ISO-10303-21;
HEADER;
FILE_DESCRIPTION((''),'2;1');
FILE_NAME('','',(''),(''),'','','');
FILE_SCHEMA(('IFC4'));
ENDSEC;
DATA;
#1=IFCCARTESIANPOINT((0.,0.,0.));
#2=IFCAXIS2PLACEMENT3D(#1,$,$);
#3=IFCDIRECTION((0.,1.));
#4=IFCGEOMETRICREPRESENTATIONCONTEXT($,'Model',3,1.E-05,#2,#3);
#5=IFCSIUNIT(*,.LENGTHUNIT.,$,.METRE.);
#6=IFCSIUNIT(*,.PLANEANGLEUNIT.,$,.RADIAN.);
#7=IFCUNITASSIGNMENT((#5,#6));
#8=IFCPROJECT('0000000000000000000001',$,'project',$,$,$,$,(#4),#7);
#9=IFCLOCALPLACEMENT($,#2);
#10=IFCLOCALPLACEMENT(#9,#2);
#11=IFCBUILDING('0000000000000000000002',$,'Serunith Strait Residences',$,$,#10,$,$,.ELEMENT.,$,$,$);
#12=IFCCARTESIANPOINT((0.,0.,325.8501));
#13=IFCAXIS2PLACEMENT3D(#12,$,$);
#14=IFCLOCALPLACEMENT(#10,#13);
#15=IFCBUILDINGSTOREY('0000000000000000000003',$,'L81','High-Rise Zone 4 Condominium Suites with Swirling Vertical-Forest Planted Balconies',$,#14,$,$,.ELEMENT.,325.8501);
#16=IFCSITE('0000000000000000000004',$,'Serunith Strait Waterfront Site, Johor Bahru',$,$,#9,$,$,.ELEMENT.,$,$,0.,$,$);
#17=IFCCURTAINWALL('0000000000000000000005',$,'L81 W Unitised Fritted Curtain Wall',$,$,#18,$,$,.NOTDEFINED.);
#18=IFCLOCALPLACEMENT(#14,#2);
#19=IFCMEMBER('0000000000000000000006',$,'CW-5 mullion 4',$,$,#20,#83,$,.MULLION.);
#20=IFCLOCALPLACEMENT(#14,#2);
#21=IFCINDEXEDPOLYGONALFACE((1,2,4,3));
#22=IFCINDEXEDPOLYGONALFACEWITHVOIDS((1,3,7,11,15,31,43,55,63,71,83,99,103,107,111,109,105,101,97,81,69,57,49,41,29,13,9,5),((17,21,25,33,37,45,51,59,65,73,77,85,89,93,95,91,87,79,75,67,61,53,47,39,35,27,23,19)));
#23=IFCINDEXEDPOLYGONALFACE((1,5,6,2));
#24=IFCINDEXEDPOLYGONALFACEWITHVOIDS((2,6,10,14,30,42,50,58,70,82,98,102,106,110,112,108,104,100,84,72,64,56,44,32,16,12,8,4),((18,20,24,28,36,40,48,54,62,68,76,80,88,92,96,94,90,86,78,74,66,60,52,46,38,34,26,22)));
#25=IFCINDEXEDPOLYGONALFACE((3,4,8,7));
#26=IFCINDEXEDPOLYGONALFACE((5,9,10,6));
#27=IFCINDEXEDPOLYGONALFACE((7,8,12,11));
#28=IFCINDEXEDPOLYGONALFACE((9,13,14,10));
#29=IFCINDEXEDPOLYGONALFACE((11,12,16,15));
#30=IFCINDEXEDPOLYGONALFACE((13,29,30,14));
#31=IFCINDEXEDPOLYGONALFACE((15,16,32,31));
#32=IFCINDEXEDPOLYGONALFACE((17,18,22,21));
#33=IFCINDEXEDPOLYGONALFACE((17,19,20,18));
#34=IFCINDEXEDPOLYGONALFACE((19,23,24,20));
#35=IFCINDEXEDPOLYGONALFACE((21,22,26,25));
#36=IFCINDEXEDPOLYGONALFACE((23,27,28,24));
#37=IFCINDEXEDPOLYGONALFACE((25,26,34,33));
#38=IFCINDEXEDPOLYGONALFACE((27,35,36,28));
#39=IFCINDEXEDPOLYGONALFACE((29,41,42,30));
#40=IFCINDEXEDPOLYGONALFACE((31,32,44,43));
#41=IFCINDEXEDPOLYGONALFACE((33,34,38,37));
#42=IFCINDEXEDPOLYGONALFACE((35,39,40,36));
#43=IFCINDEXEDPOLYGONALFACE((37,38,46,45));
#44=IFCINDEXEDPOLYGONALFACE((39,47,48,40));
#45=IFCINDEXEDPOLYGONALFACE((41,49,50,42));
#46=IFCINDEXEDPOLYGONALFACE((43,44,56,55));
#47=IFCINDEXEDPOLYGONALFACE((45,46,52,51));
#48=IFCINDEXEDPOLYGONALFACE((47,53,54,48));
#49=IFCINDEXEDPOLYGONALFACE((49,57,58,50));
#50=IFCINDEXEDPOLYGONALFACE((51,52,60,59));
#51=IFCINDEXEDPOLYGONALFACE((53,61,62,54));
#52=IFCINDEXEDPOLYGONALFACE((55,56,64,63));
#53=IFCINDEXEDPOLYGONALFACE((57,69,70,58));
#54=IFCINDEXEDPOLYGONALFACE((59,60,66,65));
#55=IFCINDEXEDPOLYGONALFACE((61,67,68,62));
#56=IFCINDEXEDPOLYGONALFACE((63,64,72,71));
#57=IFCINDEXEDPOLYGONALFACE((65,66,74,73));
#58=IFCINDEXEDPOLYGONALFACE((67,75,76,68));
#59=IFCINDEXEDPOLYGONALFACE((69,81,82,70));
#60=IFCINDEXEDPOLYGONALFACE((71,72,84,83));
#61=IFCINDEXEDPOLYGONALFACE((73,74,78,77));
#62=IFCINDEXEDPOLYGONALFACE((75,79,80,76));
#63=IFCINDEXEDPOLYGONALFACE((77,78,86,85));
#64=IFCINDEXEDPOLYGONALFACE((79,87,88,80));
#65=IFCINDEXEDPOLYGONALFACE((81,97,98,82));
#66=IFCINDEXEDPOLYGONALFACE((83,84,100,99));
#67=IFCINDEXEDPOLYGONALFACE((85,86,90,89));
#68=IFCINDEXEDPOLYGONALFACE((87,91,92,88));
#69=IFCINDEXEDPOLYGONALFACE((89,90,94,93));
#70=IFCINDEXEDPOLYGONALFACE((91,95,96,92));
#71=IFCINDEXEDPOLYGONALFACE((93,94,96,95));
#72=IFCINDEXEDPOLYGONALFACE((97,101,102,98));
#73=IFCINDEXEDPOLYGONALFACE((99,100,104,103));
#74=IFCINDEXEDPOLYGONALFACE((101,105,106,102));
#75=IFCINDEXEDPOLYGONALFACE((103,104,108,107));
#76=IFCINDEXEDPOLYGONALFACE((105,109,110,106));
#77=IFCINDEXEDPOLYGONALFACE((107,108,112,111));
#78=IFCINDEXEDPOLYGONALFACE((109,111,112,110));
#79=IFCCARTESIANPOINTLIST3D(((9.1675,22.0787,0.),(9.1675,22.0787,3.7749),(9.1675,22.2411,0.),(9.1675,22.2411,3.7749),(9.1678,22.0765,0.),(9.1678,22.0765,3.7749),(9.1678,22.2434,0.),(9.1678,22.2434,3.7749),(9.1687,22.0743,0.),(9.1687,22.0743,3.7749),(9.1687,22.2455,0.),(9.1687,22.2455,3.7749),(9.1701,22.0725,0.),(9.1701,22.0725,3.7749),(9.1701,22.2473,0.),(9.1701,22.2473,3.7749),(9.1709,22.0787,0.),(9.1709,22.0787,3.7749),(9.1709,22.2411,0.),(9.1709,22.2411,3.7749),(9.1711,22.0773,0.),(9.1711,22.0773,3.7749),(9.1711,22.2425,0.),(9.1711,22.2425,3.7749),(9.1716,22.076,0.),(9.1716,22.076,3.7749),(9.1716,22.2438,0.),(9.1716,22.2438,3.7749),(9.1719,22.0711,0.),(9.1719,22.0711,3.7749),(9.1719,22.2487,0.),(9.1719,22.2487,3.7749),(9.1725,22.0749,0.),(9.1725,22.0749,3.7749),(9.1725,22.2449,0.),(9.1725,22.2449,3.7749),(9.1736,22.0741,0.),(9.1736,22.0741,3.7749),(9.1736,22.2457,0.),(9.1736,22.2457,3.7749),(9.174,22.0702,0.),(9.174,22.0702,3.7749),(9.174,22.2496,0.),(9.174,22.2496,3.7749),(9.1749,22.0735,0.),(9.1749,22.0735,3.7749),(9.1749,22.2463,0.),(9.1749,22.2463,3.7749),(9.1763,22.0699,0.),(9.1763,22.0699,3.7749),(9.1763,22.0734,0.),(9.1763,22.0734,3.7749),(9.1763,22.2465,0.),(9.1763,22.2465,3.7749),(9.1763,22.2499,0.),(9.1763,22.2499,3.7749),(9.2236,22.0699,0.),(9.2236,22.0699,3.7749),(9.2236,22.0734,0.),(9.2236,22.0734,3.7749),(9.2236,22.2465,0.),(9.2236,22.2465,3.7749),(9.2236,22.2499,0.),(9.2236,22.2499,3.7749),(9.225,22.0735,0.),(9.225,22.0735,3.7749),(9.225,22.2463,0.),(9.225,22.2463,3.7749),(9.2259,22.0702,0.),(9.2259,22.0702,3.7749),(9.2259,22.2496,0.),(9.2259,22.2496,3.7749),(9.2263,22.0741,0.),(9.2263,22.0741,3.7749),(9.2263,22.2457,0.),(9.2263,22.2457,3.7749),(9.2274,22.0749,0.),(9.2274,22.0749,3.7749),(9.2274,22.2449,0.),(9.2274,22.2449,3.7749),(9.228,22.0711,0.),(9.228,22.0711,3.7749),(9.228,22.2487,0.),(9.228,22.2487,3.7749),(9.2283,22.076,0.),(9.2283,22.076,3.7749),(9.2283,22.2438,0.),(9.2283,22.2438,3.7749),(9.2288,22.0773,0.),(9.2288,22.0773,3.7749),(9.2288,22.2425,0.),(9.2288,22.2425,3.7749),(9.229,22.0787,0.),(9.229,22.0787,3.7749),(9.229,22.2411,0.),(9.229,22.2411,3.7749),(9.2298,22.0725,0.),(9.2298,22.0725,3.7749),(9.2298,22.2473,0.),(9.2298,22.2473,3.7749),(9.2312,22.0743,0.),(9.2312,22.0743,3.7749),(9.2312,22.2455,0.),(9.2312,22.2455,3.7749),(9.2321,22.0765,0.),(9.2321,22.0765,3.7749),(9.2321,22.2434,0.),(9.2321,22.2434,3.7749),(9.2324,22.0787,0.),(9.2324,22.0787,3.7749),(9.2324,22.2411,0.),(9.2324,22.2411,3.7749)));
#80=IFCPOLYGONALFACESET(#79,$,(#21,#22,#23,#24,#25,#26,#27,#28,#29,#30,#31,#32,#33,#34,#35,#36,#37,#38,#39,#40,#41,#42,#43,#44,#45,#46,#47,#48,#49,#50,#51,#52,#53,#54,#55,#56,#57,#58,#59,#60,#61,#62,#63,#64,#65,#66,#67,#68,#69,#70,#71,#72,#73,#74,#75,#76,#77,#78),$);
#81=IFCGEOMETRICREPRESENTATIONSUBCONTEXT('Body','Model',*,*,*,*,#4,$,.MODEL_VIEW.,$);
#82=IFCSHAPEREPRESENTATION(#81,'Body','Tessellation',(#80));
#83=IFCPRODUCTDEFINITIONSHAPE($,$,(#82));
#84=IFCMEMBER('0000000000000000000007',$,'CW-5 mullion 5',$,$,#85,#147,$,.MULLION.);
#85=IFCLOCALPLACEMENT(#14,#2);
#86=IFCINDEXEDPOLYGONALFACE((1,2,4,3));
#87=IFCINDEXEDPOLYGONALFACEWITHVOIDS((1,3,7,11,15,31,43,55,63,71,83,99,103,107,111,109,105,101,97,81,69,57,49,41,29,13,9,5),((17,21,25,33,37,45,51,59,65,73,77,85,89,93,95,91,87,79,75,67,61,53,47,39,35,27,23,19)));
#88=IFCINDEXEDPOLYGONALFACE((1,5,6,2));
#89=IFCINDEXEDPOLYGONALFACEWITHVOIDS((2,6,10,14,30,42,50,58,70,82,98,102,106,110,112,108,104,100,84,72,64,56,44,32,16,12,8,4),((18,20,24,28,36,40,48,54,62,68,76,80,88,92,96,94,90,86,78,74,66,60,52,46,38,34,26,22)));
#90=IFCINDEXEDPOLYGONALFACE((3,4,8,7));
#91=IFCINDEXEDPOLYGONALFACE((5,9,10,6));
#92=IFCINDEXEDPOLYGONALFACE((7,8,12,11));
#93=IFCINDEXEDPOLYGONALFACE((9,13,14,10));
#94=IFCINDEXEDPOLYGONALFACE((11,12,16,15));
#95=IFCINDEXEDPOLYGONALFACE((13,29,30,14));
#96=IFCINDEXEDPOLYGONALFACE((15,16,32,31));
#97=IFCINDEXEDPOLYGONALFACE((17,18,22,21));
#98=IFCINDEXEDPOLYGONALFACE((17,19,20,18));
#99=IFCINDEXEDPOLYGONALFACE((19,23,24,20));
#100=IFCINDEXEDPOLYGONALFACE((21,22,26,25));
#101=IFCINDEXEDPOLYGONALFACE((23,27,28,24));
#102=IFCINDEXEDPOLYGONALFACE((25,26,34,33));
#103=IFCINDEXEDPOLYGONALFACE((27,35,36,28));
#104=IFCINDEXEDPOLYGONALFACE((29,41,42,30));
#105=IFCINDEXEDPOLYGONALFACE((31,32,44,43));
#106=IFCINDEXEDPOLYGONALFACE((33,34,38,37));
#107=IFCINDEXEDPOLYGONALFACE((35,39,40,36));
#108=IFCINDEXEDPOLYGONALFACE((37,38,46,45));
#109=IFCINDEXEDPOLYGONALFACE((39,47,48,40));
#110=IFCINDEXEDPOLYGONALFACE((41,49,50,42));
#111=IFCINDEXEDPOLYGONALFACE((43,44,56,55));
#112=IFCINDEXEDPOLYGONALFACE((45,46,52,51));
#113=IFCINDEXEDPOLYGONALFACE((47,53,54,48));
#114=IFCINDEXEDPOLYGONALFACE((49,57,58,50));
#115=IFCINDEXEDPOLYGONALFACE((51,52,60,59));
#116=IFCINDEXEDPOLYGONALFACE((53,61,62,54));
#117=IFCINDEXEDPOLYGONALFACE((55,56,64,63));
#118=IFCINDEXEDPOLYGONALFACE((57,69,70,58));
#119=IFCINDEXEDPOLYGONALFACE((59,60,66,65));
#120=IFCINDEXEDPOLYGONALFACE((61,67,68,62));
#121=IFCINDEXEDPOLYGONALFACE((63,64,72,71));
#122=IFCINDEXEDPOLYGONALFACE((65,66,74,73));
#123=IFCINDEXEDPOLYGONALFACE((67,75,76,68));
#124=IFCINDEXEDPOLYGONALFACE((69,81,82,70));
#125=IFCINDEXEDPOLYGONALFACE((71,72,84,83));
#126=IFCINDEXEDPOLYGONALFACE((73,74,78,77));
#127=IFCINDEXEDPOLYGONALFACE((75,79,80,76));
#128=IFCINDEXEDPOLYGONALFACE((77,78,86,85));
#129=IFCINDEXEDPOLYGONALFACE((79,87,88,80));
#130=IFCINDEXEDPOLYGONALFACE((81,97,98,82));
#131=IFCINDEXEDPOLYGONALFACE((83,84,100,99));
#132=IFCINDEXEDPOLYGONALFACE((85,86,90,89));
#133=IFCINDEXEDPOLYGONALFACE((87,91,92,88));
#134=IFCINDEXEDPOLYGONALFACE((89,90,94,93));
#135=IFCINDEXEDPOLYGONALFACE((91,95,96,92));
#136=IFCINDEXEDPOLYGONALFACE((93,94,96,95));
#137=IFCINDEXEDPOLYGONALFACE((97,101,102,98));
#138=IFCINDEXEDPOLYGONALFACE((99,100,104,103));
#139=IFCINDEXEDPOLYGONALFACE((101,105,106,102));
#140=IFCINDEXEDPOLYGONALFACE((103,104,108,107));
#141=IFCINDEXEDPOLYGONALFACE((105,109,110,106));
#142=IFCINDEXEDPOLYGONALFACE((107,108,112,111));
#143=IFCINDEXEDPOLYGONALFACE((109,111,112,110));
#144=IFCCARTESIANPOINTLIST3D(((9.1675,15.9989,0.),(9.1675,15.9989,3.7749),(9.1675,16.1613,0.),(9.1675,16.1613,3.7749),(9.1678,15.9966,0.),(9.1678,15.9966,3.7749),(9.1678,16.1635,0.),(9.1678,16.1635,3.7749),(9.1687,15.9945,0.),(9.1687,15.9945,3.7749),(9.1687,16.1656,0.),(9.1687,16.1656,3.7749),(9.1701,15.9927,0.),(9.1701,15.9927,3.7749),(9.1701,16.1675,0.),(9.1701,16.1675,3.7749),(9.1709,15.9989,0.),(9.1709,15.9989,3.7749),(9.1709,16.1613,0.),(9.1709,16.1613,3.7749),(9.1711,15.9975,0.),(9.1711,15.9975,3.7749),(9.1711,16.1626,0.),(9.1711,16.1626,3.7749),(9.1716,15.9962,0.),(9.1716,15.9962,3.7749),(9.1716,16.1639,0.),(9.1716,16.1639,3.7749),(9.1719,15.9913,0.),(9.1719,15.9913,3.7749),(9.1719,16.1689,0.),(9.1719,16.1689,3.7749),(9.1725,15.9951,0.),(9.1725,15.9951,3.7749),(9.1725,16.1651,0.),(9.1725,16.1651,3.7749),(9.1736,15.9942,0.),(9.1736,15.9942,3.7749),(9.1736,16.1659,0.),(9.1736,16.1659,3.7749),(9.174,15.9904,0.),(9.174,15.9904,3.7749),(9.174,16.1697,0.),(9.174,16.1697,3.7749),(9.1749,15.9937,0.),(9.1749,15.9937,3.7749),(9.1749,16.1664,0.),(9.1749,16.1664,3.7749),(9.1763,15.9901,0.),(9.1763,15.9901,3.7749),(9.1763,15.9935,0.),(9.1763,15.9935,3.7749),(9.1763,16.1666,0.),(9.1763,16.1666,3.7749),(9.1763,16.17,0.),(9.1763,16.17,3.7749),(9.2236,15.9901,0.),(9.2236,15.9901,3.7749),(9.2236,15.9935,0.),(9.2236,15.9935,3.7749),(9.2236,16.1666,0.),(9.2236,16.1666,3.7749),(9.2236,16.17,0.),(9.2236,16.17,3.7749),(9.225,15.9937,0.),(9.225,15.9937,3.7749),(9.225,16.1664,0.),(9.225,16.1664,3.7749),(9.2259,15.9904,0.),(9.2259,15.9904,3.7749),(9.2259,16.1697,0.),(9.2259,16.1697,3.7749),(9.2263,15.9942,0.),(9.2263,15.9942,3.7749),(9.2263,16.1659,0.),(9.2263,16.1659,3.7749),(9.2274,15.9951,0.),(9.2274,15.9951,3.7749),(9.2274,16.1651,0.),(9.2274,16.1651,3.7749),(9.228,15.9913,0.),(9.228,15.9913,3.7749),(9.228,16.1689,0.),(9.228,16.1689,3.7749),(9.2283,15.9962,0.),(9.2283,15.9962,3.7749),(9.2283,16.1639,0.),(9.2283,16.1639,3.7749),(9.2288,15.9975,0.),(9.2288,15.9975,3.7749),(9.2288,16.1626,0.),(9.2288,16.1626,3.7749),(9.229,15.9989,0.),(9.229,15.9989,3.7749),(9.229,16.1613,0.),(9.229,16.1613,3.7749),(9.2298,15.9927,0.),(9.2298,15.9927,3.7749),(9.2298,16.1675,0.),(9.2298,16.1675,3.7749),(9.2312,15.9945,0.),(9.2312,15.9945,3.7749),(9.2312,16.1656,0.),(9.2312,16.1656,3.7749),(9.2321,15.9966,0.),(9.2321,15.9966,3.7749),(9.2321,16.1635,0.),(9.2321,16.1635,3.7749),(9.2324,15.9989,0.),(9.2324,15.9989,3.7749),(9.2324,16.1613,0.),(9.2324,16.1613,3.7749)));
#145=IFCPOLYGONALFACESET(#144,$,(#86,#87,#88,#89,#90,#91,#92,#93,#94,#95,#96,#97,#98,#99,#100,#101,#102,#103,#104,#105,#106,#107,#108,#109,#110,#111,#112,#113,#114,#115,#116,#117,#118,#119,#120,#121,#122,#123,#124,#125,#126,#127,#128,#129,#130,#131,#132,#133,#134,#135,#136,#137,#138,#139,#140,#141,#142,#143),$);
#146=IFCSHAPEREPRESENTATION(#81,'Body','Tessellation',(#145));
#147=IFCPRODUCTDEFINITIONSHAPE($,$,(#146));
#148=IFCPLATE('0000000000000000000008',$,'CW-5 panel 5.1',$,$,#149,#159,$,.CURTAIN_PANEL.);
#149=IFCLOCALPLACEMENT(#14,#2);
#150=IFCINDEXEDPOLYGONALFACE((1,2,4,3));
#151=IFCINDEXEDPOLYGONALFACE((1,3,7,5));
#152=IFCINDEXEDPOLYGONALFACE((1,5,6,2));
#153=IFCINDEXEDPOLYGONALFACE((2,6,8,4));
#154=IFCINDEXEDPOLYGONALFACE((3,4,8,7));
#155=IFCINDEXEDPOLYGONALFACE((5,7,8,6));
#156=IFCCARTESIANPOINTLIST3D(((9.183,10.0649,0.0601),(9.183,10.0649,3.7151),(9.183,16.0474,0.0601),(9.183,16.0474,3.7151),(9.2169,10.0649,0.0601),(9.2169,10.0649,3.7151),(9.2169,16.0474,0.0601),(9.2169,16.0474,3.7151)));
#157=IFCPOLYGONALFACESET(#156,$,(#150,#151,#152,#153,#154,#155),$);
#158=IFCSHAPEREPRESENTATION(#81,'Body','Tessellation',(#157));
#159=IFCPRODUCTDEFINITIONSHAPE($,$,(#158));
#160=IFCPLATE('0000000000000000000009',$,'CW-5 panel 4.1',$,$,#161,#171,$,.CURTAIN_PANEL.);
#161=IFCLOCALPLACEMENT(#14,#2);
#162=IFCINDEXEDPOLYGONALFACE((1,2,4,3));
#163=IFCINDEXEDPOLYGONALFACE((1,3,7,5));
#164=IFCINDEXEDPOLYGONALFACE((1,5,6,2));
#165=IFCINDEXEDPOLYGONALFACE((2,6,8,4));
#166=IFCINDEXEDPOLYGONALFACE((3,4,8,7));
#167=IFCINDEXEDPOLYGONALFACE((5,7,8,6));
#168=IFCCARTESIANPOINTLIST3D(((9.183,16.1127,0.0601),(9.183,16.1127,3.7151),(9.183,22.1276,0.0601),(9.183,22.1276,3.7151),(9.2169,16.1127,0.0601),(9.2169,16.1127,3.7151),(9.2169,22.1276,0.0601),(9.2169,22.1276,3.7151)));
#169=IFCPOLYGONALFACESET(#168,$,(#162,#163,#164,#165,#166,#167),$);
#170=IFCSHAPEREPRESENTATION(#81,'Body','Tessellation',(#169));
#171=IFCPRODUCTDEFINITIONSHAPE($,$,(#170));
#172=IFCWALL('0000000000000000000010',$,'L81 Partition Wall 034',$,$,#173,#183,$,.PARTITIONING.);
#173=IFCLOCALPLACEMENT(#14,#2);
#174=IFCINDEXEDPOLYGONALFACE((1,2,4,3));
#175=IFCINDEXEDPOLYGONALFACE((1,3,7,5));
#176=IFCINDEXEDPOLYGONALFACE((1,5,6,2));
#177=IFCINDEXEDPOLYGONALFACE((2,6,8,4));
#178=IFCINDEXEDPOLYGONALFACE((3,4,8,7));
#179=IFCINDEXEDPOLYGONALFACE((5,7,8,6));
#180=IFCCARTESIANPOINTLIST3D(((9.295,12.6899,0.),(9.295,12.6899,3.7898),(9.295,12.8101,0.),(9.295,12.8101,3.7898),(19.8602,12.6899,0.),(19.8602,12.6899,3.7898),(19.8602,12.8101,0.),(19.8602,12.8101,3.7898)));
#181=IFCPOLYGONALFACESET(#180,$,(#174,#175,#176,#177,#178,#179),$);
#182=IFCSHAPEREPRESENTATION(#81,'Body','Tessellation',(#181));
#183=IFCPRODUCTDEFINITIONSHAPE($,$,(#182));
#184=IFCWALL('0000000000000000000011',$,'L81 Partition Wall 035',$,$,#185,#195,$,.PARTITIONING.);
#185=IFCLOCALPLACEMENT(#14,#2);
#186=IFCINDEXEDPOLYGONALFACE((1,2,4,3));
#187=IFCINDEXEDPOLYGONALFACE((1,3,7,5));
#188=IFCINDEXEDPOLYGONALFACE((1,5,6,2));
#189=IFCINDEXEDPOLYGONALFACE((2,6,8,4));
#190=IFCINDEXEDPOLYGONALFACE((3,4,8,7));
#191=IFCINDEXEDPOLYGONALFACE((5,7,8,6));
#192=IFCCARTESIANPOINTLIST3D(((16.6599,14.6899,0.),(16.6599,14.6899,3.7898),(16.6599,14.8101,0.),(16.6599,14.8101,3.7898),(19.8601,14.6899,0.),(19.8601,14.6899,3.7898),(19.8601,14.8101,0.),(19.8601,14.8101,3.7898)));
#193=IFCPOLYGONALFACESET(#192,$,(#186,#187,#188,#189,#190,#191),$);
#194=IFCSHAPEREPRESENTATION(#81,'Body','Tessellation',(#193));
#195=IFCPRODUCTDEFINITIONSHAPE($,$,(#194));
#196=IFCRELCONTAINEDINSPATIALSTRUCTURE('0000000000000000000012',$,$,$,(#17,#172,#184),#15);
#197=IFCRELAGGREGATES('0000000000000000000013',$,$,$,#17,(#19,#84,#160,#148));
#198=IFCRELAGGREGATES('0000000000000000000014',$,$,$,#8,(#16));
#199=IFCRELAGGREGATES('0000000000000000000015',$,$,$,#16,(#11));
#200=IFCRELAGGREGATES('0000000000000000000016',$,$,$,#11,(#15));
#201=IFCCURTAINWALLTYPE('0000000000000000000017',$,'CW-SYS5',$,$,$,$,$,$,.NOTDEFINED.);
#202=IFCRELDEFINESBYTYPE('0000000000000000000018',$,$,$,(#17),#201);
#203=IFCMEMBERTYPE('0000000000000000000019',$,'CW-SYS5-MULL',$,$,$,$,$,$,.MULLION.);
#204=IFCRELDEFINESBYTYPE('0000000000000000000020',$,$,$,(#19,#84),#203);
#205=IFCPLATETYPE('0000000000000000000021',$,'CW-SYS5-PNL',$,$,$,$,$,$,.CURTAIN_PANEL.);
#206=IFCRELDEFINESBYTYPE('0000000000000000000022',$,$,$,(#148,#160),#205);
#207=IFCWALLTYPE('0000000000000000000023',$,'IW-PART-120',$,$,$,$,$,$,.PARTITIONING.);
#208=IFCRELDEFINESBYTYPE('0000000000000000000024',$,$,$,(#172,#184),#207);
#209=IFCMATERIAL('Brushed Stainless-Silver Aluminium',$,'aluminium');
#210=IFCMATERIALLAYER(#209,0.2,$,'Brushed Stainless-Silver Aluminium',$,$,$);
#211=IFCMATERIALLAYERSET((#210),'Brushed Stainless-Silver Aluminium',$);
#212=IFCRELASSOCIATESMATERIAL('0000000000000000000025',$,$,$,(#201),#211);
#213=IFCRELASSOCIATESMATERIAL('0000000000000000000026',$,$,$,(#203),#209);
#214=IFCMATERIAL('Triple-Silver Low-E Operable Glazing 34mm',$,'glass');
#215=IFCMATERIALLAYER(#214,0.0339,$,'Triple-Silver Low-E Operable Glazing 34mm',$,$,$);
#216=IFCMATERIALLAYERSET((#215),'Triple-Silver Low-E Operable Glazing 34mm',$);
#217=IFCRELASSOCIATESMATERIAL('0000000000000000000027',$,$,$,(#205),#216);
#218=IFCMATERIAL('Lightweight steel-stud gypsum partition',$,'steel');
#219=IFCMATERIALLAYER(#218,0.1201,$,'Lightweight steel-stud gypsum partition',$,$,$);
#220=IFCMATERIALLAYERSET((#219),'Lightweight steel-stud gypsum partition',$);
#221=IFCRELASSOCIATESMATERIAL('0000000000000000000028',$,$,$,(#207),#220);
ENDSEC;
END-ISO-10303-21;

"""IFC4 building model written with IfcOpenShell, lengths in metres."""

from ifc_helpers import new_model, si_unit, direction, frame, frame_2d, origin, origin_2d, place, context, subcontext, project, spatial, rectangle, hollow_rectangle, extrude, source, transform, mapped, material, layer, layer_set, material_profile, profile_set, type_object, element, aggregate, save


model = new_model("IFC4")

# Units and contexts
model_context = context("Model", 3, precision=1e-05, world=origin(), true_north=direction((0.0, 1.0)))
body_context = subcontext(model_context, "Body", "Model", "MODEL_VIEW")
ifc_project = project(units=[si_unit("LENGTHUNIT", "METRE"), si_unit("PLANEANGLEUNIT", "RADIAN")], contexts=[model_context])

# Site, building, storey
site_placement = place(None, origin())
site = spatial("IfcSite", under=ifc_project, at=site_placement, Name="Serunith Strait Waterfront Site, Johor Bahru", CompositionType="ELEMENT", RefElevation=0.0)
building_placement = place(site_placement, origin())
building = spatial("IfcBuilding", under=site, at=building_placement, Name="Serunith Strait Residences", CompositionType="ELEMENT")
storey_placement = place(building_placement, frame((0.0, 0.0, 325.8501)))
storey = spatial("IfcBuildingStorey", under=building, at=storey_placement, Name="L81", Description="High-Rise Zone 4 Condominium Suites with Swirling Vertical-Forest Planted Balconies", CompositionType="ELEMENT", Elevation=325.8501)

# Curtain wall, members, plates
ifc_material_1 = material(Name="Brushed Stainless-Silver Aluminium", Category="aluminium")
ifc_layer_1 = layer(ifc_material_1, 0.2, Name="Brushed Stainless-Silver Aluminium")
ifc_layer_set_1 = layer_set([ifc_layer_1], Name="Brushed Stainless-Silver Aluminium")
curtain_wall_type = type_object("IfcCurtainWallType", Name="CW-SYS5", PredefinedType="NOTDEFINED", material=ifc_layer_set_1)
curtain_wall_placement = place(storey_placement, origin())
curtain_wall = element("IfcCurtainWall", 1, at=curtain_wall_placement, inside=storey, type_object=curtain_wall_type, Name="L81 W Unitised Fritted Curtain Wall", PredefinedType="NOTDEFINED")
ifc_material_profile_1 = material_profile(ifc_material_1, hollow_rectangle(XDim=0.0649, YDim=0.1799, WallThickness=0.0034, InnerFilletRadius=0.0054, OuterFilletRadius=0.0088, at=origin_2d()), Name="ALU 180x65x3.5")
ifc_profile_set_1 = profile_set([ifc_material_profile_1], Name="Brushed Stainless-Silver Aluminium")
member_type_1 = type_object("IfcMemberType", Name="CW-SYS5-MULL", PredefinedType="MULLION", material=ifc_profile_set_1)
shared_shape_1 = source(origin(), body_context, "Body", "SweptSolid", [
    extrude(hollow_rectangle(XDim=0.0649, YDim=0.1799, WallThickness=0.0034, InnerFilletRadius=0.0054, OuterFilletRadius=0.0088, at=origin_2d()), origin(), (0.0, 0.0, 1.0), 3.7749),
])
member_1_placement = place(storey_placement, frame((9.2, 22.1599, 0.0), z_axis=(0.0, 0.0, 1.0), x_axis=(1.0, 0.0, 0.0)))
member_1 = element("IfcMember", 2, at=member_1_placement, type_object=member_type_1, Name="CW-5 mullion 4", PredefinedType="MULLION", context=body_context, shape_type="MappedRepresentation", body=[
    mapped(shared_shape_1, transform((0.0, 0.0, 0.0), scale=1.0)),
])
member_2_placement = place(storey_placement, frame((9.2, 16.0801, 0.0), z_axis=(0.0, 0.0, 1.0), x_axis=(1.0, 0.0, 0.0)))
member_2 = element("IfcMember", 3, at=member_2_placement, type_object=member_type_1, Name="CW-5 mullion 5", PredefinedType="MULLION", context=body_context, shape_type="MappedRepresentation", body=[
    mapped(shared_shape_1, transform((0.0, 0.0, 0.0), scale=1.0)),
])
ifc_material_2 = material(Name="Triple-Silver Low-E Operable Glazing 34mm", Category="glass")
ifc_layer_2 = layer(ifc_material_2, 0.0339, Name="Triple-Silver Low-E Operable Glazing 34mm")
ifc_layer_set_2 = layer_set([ifc_layer_2], Name="Triple-Silver Low-E Operable Glazing 34mm")
plate_type = type_object("IfcPlateType", Name="CW-SYS5-PNL", PredefinedType="CURTAIN_PANEL", material=ifc_layer_set_2)
shared_shape_2 = source(origin(), body_context, "Body", "SweptSolid", [
    extrude(rectangle(XDim=5.9824, YDim=0.0339, at=origin_2d()), origin(), (0.0, 0.0, 1.0), 3.655),
])
plate_1_placement = place(storey_placement, frame((9.2, 13.0562, 0.0601), z_axis=(0.0, 0.0, 1.0), x_axis=(0.0, -1.0, 0.0)))
plate_1 = element("IfcPlate", 4, at=plate_1_placement, type_object=plate_type, Name="CW-5 panel 5.1", PredefinedType="CURTAIN_PANEL", context=body_context, shape_type="MappedRepresentation", body=[
    mapped(shared_shape_2, transform((0.0, 0.0, 0.0), scale=1.0)),
])
shared_shape_3 = source(origin(), body_context, "Body", "SweptSolid", [
    extrude(rectangle(XDim=6.0149, YDim=0.0339, at=origin_2d()), origin(), (0.0, 0.0, 1.0), 3.655),
])
plate_2_placement = place(storey_placement, frame((9.2, 19.1201, 0.0601), z_axis=(0.0, 0.0, 1.0), x_axis=(0.0, -1.0, 0.0)))
plate_2 = element("IfcPlate", 5, at=plate_2_placement, type_object=plate_type, Name="CW-5 panel 4.1", PredefinedType="CURTAIN_PANEL", context=body_context, shape_type="MappedRepresentation", body=[
    mapped(shared_shape_3, transform((0.0, 0.0, 0.0), scale=1.0)),
])
aggregate(curtain_wall, [member_1, member_2, plate_2, plate_1])

# Walls
ifc_material_3 = material(Name="Lightweight steel-stud gypsum partition", Category="steel")
ifc_layer_3 = layer(ifc_material_3, 0.1201, Name="Lightweight steel-stud gypsum partition")
ifc_layer_set_3 = layer_set([ifc_layer_3], Name="Lightweight steel-stud gypsum partition")
wall_type_1 = type_object("IfcWallType", Name="IW-PART-120", PredefinedType="PARTITIONING", material=ifc_layer_set_3)
wall_1_placement = place(storey_placement, frame((9.2949, 12.75, 0.0), z_axis=(0.0, 0.0, 1.0), x_axis=(1.0, 0.0, 0.0)))
element("IfcWall", 6, at=wall_1_placement, inside=storey, type_object=wall_type_1, Name="L81 Partition Wall 034", PredefinedType="PARTITIONING", context=body_context, shape_type="SweptSolid", body=[
    extrude(rectangle(XDim=10.5652, YDim=0.1201, at=frame_2d((5.2827, 0.0))), origin(), (0.0, 0.0, 1.0), 3.7898),
])
wall_2_placement = place(storey_placement, frame((16.6599, 14.75, 0.0), z_axis=(0.0, 0.0, 1.0), x_axis=(1.0, 0.0, 0.0)))
element("IfcWall", 7, at=wall_2_placement, inside=storey, type_object=wall_type_1, Name="L81 Partition Wall 035", PredefinedType="PARTITIONING", context=body_context, shape_type="SweptSolid", body=[
    extrude(rectangle(XDim=3.2002, YDim=0.1201, at=frame_2d((1.6001, 0.0))), origin(), (0.0, 0.0, 1.0), 3.7898),
])

save(model, "model.ifc")
